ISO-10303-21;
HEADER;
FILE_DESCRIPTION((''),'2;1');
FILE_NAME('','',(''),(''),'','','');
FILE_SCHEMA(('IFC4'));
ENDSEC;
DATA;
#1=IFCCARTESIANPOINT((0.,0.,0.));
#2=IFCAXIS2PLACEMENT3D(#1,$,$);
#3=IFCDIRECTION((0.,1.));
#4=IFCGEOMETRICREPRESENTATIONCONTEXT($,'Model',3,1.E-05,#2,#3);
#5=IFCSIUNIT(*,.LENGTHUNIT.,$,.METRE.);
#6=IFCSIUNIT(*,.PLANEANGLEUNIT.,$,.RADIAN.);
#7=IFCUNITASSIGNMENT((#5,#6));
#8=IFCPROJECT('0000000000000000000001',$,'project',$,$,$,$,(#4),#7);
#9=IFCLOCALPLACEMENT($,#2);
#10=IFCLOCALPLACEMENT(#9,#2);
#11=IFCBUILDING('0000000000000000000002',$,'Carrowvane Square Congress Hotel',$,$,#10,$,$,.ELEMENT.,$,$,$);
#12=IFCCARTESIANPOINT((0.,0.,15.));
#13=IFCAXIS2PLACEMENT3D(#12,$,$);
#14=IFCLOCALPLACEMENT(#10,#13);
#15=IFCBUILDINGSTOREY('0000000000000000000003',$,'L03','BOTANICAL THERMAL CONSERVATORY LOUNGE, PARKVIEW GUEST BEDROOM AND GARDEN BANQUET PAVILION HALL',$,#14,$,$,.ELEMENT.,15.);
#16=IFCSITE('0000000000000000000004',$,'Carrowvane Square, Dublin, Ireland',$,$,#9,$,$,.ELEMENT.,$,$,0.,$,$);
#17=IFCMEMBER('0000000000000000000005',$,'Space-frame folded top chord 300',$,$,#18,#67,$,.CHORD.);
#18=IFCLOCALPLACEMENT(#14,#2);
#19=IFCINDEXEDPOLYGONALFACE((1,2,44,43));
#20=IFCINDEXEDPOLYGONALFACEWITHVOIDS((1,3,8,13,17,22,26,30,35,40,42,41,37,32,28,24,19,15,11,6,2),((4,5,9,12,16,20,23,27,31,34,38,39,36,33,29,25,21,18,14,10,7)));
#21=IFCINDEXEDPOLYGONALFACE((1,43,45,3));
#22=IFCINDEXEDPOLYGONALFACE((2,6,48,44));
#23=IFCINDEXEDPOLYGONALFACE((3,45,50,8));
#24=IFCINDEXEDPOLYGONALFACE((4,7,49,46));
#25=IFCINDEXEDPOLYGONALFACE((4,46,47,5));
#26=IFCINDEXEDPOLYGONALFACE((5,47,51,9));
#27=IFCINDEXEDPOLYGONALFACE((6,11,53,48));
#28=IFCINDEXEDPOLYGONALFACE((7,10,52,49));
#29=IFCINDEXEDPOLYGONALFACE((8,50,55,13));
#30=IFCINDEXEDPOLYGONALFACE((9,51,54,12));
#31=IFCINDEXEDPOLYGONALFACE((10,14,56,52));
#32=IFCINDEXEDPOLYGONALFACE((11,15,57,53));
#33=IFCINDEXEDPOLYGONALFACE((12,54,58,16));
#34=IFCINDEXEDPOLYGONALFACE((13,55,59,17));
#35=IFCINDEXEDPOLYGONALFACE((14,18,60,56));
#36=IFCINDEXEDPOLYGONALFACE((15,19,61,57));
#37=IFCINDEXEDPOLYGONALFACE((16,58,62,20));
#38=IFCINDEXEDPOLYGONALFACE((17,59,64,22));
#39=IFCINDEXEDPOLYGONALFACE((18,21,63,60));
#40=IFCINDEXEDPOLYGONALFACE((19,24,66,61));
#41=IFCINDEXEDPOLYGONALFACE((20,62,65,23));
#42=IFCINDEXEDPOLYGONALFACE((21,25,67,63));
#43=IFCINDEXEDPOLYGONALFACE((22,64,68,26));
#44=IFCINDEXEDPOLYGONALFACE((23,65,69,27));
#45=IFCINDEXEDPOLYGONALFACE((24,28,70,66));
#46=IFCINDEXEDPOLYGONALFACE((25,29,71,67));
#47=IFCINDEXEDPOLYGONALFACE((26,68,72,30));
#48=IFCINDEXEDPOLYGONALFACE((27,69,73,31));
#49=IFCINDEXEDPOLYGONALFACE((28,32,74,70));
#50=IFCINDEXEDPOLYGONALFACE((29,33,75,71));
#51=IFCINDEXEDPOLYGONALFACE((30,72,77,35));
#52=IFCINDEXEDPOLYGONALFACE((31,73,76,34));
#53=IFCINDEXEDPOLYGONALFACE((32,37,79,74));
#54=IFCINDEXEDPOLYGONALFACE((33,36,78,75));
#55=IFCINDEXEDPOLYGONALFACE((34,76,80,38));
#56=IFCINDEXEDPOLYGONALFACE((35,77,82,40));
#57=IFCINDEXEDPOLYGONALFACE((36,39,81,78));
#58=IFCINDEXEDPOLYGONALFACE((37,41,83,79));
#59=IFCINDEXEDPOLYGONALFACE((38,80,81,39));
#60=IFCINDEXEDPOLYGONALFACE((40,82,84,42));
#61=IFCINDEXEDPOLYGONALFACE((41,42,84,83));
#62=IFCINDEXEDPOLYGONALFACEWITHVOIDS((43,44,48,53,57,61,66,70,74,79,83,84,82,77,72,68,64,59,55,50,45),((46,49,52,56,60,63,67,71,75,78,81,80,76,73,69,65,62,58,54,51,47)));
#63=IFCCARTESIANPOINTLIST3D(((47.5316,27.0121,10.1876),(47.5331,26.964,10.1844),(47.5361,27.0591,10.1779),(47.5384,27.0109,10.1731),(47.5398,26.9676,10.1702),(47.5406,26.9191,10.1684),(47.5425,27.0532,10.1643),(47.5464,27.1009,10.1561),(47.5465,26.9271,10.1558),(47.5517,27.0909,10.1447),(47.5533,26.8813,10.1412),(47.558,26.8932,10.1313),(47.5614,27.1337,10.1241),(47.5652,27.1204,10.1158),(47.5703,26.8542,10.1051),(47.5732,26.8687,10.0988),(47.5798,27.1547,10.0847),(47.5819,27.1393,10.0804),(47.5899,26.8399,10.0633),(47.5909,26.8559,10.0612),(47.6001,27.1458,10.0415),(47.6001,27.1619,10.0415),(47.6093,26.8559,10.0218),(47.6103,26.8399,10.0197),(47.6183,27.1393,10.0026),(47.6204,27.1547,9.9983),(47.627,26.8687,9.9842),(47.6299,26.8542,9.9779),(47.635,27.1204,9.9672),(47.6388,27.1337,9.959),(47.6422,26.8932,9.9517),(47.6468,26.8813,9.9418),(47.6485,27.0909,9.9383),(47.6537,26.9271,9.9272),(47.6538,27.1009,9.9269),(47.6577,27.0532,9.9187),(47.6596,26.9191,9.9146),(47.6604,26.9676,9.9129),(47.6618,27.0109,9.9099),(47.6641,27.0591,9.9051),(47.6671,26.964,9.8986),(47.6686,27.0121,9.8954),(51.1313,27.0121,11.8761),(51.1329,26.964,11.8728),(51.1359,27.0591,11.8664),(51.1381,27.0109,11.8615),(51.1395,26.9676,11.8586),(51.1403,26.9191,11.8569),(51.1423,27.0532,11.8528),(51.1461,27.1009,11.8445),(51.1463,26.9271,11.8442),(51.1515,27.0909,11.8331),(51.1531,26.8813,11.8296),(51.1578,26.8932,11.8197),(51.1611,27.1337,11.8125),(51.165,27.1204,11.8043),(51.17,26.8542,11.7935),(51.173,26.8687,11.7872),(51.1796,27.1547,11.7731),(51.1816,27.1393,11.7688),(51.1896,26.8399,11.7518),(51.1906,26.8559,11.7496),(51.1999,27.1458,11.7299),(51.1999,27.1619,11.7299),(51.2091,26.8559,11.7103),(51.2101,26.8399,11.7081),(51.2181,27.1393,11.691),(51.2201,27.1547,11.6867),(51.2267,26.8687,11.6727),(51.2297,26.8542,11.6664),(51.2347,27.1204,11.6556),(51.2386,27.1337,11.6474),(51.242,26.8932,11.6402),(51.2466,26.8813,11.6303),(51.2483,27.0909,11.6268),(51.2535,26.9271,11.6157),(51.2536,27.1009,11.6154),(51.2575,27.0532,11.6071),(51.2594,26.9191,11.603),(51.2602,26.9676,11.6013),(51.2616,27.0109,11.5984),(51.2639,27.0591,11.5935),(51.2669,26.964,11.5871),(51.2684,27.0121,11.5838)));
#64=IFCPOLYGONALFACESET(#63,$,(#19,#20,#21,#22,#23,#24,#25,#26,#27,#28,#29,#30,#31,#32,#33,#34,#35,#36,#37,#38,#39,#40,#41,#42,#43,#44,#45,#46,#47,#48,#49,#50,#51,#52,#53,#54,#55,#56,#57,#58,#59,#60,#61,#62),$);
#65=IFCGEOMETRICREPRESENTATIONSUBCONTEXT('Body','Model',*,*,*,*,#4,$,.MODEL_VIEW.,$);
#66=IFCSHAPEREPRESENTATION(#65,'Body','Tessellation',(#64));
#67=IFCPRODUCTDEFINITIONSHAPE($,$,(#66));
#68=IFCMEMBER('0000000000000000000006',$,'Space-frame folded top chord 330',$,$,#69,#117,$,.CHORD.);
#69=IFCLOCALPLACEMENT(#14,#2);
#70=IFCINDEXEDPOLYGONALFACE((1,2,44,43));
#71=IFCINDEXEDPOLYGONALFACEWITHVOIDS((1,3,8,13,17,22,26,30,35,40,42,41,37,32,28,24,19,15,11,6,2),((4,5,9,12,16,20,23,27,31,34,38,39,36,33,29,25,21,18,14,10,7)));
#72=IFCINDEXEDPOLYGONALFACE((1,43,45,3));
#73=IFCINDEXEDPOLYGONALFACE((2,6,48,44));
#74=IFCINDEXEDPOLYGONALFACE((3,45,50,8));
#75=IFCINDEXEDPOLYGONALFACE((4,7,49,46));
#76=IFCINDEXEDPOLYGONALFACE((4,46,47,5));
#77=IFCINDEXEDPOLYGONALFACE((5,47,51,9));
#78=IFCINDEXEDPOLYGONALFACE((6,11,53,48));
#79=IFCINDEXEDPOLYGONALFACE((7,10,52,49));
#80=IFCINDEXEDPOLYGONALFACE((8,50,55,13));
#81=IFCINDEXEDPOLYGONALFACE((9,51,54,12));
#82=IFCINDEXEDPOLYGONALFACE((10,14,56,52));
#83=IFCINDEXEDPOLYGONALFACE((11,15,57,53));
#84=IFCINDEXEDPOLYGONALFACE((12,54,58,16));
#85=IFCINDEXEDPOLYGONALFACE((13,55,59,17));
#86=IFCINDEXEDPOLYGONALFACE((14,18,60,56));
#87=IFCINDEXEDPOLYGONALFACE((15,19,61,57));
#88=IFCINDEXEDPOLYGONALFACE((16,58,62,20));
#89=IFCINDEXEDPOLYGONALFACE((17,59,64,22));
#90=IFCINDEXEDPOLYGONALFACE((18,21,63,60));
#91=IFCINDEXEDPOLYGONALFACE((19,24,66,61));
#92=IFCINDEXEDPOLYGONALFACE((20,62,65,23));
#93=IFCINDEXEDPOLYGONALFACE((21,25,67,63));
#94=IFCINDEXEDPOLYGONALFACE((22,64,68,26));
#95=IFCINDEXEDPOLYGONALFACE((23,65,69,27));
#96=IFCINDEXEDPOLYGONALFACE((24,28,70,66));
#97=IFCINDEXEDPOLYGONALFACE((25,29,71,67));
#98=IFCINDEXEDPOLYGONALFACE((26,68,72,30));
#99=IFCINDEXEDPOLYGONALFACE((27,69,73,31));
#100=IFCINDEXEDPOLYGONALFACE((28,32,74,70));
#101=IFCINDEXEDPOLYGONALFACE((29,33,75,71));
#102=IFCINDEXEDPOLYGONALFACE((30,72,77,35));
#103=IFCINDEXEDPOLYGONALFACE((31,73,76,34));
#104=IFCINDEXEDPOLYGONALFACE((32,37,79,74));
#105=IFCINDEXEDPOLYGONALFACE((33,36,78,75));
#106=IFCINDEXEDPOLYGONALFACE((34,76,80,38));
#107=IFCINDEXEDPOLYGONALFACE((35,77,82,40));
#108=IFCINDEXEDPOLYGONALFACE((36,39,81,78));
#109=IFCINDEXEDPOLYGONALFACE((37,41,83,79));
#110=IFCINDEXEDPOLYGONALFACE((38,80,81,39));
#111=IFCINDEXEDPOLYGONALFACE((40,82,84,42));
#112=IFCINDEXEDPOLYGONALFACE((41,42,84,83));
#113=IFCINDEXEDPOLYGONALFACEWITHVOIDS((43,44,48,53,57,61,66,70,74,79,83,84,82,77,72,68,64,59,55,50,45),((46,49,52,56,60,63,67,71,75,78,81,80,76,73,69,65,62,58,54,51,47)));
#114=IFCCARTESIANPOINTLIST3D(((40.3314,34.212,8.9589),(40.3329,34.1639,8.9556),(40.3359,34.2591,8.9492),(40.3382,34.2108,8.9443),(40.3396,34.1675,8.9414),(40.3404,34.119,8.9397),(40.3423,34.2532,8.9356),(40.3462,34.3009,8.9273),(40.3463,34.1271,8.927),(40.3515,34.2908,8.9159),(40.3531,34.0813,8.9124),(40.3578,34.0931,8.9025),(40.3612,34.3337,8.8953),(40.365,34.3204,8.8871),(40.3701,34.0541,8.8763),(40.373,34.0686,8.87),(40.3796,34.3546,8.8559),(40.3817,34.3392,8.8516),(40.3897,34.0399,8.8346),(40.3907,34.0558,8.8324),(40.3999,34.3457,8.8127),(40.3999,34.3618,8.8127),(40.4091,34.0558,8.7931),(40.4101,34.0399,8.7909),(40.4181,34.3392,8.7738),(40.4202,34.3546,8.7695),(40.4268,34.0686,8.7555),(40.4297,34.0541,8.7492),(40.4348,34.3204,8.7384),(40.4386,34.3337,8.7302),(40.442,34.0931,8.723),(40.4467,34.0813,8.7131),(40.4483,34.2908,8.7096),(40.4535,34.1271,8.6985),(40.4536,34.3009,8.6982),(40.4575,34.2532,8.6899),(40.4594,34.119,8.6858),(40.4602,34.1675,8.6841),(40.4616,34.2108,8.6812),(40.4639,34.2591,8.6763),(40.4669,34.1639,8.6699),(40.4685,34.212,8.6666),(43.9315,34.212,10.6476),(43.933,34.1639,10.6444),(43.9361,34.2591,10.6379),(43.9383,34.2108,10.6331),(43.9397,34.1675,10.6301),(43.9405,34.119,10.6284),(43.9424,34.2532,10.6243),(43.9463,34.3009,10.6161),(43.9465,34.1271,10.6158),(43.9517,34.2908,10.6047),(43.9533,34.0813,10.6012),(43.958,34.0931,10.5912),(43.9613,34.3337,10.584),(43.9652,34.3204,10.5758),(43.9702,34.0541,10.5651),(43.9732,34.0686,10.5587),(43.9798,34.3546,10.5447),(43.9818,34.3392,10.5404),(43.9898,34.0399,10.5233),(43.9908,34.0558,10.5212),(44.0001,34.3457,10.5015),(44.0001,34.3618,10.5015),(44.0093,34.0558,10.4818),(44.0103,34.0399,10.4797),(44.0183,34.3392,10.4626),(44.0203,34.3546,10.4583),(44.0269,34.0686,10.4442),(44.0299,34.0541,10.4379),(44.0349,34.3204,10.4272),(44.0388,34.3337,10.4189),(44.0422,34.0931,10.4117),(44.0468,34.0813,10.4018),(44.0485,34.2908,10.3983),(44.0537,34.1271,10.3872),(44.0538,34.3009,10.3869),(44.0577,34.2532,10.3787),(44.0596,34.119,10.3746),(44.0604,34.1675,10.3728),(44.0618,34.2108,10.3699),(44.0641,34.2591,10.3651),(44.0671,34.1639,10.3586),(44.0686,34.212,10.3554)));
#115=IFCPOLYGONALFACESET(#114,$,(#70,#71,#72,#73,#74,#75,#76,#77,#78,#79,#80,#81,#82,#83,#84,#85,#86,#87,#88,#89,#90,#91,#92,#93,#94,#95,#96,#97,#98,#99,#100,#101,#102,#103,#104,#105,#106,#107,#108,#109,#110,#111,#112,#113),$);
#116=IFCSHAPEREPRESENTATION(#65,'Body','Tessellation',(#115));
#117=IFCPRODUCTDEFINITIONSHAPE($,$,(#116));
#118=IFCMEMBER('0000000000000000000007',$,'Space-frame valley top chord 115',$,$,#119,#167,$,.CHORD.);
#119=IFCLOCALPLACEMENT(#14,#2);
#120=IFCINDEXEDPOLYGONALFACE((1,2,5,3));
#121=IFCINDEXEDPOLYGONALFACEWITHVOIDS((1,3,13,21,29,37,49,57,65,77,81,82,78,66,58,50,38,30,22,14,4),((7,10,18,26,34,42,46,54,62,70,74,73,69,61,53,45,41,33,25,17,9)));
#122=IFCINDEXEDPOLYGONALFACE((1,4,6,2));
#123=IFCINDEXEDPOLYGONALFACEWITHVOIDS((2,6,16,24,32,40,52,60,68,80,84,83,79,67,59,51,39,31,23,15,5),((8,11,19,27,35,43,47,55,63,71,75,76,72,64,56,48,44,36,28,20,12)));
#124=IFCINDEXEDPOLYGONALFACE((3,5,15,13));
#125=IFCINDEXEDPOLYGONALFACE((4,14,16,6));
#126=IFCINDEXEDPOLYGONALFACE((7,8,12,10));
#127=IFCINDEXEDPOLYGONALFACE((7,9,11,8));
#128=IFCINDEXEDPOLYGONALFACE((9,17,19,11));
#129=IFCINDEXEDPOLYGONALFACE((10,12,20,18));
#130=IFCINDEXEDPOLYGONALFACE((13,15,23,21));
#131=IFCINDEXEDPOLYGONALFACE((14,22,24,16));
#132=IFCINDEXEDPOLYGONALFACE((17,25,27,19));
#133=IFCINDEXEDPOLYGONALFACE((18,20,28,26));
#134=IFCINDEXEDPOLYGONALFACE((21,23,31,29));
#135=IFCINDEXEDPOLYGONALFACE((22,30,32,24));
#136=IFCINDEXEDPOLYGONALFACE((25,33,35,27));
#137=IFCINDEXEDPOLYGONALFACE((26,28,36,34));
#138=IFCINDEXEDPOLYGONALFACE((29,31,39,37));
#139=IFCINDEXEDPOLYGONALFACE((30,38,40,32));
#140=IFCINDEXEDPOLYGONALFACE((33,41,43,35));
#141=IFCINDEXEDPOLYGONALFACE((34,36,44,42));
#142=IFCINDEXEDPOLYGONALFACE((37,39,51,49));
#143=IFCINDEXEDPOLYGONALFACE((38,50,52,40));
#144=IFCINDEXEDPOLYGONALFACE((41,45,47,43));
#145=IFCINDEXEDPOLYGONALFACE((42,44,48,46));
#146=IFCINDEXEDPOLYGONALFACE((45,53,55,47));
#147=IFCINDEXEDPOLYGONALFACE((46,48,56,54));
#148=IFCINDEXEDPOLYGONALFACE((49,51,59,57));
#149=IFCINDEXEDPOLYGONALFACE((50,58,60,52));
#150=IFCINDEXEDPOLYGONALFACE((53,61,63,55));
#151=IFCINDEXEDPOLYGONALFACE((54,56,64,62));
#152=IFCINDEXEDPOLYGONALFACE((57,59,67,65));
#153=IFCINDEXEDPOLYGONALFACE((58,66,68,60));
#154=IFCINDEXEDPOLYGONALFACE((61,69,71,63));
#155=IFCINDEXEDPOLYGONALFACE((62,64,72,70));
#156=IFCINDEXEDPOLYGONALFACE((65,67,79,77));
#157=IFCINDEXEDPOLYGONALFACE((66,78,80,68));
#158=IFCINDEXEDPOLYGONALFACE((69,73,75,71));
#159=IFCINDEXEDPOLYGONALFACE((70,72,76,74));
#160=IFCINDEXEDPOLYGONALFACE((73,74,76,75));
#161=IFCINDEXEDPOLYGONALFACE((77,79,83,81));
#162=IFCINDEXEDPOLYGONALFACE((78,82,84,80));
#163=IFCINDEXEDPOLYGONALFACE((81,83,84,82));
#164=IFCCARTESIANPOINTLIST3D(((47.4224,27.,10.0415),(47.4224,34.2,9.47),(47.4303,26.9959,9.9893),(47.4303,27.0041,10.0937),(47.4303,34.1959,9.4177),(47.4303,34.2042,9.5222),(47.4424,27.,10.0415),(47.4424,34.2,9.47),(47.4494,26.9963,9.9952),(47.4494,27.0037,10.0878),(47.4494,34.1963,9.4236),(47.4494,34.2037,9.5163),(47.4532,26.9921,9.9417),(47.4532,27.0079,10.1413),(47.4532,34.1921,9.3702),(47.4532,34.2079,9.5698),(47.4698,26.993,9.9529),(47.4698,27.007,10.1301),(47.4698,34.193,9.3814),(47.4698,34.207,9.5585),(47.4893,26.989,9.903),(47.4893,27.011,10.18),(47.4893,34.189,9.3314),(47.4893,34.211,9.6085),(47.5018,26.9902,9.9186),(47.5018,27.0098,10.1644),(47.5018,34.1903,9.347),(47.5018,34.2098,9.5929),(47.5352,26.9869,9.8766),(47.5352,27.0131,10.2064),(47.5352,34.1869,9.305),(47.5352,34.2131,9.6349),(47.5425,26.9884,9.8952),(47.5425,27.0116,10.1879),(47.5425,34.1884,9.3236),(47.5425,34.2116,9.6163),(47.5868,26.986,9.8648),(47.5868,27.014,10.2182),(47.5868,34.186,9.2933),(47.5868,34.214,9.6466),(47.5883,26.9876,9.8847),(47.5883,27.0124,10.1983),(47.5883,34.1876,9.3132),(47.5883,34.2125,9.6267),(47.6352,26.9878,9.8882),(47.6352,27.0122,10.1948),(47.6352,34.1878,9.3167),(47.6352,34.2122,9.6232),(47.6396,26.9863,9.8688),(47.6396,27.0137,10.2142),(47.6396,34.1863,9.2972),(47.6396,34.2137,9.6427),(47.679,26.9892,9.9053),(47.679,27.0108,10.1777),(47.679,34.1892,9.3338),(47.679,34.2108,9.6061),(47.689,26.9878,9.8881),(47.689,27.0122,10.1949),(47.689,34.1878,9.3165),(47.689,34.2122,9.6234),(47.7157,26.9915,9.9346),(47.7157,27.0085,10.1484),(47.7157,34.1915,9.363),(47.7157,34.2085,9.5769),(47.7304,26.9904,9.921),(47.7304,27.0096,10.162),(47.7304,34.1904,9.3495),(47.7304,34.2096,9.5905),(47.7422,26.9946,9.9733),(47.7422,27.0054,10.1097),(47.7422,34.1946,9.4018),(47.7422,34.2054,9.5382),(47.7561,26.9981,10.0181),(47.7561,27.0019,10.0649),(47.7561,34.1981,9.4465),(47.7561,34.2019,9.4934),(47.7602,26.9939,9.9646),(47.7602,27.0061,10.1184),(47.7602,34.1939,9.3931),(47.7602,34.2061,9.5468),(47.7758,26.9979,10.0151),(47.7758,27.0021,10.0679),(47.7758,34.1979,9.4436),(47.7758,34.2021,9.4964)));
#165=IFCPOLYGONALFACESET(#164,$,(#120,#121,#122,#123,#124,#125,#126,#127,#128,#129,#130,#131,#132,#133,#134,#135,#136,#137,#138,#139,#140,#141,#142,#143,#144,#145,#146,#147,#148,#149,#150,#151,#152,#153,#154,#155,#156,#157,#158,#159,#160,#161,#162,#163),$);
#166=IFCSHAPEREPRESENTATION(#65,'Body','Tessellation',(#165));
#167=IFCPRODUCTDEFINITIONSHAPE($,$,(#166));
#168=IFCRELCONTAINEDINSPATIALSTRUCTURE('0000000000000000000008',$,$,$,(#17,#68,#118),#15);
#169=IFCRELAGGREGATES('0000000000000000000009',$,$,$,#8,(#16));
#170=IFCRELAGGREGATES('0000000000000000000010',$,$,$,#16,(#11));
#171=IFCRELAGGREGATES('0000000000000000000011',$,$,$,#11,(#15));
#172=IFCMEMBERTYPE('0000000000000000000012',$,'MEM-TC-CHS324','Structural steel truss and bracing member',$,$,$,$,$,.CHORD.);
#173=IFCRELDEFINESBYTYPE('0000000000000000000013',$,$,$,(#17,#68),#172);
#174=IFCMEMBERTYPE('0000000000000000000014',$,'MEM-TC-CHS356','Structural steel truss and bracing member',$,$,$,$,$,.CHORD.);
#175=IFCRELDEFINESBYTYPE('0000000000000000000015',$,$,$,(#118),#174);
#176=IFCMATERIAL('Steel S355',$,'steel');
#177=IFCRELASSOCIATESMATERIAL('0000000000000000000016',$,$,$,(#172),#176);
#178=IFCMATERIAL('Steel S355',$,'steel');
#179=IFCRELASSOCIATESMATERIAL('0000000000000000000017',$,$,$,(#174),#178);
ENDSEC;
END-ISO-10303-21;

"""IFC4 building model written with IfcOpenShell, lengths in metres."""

from ifc_helpers import new_model, si_unit, direction, frame, origin, origin_2d, place, context, subcontext, project, spatial, hollow_circle, extrude, material, material_profile, profile_set, type_object, element, save


model = new_model("IFC4")

# Units and contexts
model_context = context("Model", 3, precision=1e-05, world=origin(), true_north=direction((0.0, 1.0)))
body_context = subcontext(model_context, "Body", "Model", "MODEL_VIEW")
ifc_project = project(units=[si_unit("LENGTHUNIT", "METRE"), si_unit("PLANEANGLEUNIT", "RADIAN")], contexts=[model_context])

# Site, building, storey
site_placement = place(None, origin())
site = spatial("IfcSite", under=ifc_project, at=site_placement, Name="Carrowvane Square, Dublin, Ireland", CompositionType="ELEMENT", RefElevation=0.0)
building_placement = place(site_placement, origin())
building = spatial("IfcBuilding", under=site, at=building_placement, Name="Carrowvane Square Congress Hotel", CompositionType="ELEMENT")
storey_placement = place(building_placement, frame((0.0, 0.0, 15.0)))
storey = spatial("IfcBuildingStorey", under=building, at=storey_placement, Name="L03", Description="BOTANICAL THERMAL CONSERVATORY LOUNGE, PARKVIEW GUEST BEDROOM AND GARDEN BANQUET PAVILION HALL", CompositionType="ELEMENT", Elevation=15.0)

# Members
ifc_material_1 = material(Name="Steel S355", Category="steel")
ifc_material_profile_1 = material_profile(ifc_material_1, hollow_circle(Radius=0.1619, WallThickness=0.0161, at=origin_2d()), Name="CHS 323.9x16")
ifc_profile_set_1 = profile_set([ifc_material_profile_1], Name="Steel S355")
member_type_1 = type_object("IfcMemberType", Name="MEM-TC-CHS324", Description="Structural steel truss and bracing member", PredefinedType="CHORD", material=ifc_profile_set_1)
member_1_placement = place(storey_placement, frame((47.6001, 27.0, 10.0415), z_axis=(0.905358, 0.0, 0.424649), x_axis=(0.0, 1.0, 0.0)))
element("IfcMember", 1, at=member_1_placement, inside=storey, type_object=member_type_1, Name="Space-frame folded top chord 300", PredefinedType="CHORD", context=body_context, shape_type="SweptSolid", body=[
    extrude(hollow_circle(Radius=0.1619, WallThickness=0.0161, at=origin_2d()), origin(), (0.0, 0.0, 1.0), 3.9761),
])
member_2_placement = place(storey_placement, frame((40.3999, 34.2, 8.8127), z_axis=(0.905345, 0.0, 0.424676), x_axis=(0.0, 1.0, 0.0)))
element("IfcMember", 2, at=member_2_placement, inside=storey, type_object=member_type_1, Name="Space-frame folded top chord 330", PredefinedType="CHORD", context=body_context, shape_type="SweptSolid", body=[
    extrude(hollow_circle(Radius=0.1619, WallThickness=0.0161, at=origin_2d()), origin(), (0.0, 0.0, 1.0), 3.9766),
])
ifc_material_2 = material(Name="Steel S355", Category="steel")
ifc_material_profile_2 = material_profile(ifc_material_2, hollow_circle(Radius=0.1777, WallThickness=0.02, at=origin_2d()), Name="CHS 355.6x20")
ifc_profile_set_2 = profile_set([ifc_material_profile_2], Name="Steel S355")
member_type_2 = type_object("IfcMemberType", Name="MEM-TC-CHS356", Description="Structural steel truss and bracing member", PredefinedType="CHORD", material=ifc_profile_set_2)
member_3_placement = place(storey_placement, frame((47.6001, 27.0, 10.0415), z_axis=(0.0, 0.996864, -0.079131), x_axis=(-1.0, 0.0, 0.0)))
element("IfcMember", 3, at=member_3_placement, inside=storey, type_object=member_type_2, Name="Space-frame valley top chord 115", PredefinedType="CHORD", context=body_context, shape_type="SweptSolid", body=[
    extrude(hollow_circle(Radius=0.1777, WallThickness=0.02, at=origin_2d()), origin(), (0.0, 0.0, 1.0), 7.2227),
])

save(model, "model.ifc")
